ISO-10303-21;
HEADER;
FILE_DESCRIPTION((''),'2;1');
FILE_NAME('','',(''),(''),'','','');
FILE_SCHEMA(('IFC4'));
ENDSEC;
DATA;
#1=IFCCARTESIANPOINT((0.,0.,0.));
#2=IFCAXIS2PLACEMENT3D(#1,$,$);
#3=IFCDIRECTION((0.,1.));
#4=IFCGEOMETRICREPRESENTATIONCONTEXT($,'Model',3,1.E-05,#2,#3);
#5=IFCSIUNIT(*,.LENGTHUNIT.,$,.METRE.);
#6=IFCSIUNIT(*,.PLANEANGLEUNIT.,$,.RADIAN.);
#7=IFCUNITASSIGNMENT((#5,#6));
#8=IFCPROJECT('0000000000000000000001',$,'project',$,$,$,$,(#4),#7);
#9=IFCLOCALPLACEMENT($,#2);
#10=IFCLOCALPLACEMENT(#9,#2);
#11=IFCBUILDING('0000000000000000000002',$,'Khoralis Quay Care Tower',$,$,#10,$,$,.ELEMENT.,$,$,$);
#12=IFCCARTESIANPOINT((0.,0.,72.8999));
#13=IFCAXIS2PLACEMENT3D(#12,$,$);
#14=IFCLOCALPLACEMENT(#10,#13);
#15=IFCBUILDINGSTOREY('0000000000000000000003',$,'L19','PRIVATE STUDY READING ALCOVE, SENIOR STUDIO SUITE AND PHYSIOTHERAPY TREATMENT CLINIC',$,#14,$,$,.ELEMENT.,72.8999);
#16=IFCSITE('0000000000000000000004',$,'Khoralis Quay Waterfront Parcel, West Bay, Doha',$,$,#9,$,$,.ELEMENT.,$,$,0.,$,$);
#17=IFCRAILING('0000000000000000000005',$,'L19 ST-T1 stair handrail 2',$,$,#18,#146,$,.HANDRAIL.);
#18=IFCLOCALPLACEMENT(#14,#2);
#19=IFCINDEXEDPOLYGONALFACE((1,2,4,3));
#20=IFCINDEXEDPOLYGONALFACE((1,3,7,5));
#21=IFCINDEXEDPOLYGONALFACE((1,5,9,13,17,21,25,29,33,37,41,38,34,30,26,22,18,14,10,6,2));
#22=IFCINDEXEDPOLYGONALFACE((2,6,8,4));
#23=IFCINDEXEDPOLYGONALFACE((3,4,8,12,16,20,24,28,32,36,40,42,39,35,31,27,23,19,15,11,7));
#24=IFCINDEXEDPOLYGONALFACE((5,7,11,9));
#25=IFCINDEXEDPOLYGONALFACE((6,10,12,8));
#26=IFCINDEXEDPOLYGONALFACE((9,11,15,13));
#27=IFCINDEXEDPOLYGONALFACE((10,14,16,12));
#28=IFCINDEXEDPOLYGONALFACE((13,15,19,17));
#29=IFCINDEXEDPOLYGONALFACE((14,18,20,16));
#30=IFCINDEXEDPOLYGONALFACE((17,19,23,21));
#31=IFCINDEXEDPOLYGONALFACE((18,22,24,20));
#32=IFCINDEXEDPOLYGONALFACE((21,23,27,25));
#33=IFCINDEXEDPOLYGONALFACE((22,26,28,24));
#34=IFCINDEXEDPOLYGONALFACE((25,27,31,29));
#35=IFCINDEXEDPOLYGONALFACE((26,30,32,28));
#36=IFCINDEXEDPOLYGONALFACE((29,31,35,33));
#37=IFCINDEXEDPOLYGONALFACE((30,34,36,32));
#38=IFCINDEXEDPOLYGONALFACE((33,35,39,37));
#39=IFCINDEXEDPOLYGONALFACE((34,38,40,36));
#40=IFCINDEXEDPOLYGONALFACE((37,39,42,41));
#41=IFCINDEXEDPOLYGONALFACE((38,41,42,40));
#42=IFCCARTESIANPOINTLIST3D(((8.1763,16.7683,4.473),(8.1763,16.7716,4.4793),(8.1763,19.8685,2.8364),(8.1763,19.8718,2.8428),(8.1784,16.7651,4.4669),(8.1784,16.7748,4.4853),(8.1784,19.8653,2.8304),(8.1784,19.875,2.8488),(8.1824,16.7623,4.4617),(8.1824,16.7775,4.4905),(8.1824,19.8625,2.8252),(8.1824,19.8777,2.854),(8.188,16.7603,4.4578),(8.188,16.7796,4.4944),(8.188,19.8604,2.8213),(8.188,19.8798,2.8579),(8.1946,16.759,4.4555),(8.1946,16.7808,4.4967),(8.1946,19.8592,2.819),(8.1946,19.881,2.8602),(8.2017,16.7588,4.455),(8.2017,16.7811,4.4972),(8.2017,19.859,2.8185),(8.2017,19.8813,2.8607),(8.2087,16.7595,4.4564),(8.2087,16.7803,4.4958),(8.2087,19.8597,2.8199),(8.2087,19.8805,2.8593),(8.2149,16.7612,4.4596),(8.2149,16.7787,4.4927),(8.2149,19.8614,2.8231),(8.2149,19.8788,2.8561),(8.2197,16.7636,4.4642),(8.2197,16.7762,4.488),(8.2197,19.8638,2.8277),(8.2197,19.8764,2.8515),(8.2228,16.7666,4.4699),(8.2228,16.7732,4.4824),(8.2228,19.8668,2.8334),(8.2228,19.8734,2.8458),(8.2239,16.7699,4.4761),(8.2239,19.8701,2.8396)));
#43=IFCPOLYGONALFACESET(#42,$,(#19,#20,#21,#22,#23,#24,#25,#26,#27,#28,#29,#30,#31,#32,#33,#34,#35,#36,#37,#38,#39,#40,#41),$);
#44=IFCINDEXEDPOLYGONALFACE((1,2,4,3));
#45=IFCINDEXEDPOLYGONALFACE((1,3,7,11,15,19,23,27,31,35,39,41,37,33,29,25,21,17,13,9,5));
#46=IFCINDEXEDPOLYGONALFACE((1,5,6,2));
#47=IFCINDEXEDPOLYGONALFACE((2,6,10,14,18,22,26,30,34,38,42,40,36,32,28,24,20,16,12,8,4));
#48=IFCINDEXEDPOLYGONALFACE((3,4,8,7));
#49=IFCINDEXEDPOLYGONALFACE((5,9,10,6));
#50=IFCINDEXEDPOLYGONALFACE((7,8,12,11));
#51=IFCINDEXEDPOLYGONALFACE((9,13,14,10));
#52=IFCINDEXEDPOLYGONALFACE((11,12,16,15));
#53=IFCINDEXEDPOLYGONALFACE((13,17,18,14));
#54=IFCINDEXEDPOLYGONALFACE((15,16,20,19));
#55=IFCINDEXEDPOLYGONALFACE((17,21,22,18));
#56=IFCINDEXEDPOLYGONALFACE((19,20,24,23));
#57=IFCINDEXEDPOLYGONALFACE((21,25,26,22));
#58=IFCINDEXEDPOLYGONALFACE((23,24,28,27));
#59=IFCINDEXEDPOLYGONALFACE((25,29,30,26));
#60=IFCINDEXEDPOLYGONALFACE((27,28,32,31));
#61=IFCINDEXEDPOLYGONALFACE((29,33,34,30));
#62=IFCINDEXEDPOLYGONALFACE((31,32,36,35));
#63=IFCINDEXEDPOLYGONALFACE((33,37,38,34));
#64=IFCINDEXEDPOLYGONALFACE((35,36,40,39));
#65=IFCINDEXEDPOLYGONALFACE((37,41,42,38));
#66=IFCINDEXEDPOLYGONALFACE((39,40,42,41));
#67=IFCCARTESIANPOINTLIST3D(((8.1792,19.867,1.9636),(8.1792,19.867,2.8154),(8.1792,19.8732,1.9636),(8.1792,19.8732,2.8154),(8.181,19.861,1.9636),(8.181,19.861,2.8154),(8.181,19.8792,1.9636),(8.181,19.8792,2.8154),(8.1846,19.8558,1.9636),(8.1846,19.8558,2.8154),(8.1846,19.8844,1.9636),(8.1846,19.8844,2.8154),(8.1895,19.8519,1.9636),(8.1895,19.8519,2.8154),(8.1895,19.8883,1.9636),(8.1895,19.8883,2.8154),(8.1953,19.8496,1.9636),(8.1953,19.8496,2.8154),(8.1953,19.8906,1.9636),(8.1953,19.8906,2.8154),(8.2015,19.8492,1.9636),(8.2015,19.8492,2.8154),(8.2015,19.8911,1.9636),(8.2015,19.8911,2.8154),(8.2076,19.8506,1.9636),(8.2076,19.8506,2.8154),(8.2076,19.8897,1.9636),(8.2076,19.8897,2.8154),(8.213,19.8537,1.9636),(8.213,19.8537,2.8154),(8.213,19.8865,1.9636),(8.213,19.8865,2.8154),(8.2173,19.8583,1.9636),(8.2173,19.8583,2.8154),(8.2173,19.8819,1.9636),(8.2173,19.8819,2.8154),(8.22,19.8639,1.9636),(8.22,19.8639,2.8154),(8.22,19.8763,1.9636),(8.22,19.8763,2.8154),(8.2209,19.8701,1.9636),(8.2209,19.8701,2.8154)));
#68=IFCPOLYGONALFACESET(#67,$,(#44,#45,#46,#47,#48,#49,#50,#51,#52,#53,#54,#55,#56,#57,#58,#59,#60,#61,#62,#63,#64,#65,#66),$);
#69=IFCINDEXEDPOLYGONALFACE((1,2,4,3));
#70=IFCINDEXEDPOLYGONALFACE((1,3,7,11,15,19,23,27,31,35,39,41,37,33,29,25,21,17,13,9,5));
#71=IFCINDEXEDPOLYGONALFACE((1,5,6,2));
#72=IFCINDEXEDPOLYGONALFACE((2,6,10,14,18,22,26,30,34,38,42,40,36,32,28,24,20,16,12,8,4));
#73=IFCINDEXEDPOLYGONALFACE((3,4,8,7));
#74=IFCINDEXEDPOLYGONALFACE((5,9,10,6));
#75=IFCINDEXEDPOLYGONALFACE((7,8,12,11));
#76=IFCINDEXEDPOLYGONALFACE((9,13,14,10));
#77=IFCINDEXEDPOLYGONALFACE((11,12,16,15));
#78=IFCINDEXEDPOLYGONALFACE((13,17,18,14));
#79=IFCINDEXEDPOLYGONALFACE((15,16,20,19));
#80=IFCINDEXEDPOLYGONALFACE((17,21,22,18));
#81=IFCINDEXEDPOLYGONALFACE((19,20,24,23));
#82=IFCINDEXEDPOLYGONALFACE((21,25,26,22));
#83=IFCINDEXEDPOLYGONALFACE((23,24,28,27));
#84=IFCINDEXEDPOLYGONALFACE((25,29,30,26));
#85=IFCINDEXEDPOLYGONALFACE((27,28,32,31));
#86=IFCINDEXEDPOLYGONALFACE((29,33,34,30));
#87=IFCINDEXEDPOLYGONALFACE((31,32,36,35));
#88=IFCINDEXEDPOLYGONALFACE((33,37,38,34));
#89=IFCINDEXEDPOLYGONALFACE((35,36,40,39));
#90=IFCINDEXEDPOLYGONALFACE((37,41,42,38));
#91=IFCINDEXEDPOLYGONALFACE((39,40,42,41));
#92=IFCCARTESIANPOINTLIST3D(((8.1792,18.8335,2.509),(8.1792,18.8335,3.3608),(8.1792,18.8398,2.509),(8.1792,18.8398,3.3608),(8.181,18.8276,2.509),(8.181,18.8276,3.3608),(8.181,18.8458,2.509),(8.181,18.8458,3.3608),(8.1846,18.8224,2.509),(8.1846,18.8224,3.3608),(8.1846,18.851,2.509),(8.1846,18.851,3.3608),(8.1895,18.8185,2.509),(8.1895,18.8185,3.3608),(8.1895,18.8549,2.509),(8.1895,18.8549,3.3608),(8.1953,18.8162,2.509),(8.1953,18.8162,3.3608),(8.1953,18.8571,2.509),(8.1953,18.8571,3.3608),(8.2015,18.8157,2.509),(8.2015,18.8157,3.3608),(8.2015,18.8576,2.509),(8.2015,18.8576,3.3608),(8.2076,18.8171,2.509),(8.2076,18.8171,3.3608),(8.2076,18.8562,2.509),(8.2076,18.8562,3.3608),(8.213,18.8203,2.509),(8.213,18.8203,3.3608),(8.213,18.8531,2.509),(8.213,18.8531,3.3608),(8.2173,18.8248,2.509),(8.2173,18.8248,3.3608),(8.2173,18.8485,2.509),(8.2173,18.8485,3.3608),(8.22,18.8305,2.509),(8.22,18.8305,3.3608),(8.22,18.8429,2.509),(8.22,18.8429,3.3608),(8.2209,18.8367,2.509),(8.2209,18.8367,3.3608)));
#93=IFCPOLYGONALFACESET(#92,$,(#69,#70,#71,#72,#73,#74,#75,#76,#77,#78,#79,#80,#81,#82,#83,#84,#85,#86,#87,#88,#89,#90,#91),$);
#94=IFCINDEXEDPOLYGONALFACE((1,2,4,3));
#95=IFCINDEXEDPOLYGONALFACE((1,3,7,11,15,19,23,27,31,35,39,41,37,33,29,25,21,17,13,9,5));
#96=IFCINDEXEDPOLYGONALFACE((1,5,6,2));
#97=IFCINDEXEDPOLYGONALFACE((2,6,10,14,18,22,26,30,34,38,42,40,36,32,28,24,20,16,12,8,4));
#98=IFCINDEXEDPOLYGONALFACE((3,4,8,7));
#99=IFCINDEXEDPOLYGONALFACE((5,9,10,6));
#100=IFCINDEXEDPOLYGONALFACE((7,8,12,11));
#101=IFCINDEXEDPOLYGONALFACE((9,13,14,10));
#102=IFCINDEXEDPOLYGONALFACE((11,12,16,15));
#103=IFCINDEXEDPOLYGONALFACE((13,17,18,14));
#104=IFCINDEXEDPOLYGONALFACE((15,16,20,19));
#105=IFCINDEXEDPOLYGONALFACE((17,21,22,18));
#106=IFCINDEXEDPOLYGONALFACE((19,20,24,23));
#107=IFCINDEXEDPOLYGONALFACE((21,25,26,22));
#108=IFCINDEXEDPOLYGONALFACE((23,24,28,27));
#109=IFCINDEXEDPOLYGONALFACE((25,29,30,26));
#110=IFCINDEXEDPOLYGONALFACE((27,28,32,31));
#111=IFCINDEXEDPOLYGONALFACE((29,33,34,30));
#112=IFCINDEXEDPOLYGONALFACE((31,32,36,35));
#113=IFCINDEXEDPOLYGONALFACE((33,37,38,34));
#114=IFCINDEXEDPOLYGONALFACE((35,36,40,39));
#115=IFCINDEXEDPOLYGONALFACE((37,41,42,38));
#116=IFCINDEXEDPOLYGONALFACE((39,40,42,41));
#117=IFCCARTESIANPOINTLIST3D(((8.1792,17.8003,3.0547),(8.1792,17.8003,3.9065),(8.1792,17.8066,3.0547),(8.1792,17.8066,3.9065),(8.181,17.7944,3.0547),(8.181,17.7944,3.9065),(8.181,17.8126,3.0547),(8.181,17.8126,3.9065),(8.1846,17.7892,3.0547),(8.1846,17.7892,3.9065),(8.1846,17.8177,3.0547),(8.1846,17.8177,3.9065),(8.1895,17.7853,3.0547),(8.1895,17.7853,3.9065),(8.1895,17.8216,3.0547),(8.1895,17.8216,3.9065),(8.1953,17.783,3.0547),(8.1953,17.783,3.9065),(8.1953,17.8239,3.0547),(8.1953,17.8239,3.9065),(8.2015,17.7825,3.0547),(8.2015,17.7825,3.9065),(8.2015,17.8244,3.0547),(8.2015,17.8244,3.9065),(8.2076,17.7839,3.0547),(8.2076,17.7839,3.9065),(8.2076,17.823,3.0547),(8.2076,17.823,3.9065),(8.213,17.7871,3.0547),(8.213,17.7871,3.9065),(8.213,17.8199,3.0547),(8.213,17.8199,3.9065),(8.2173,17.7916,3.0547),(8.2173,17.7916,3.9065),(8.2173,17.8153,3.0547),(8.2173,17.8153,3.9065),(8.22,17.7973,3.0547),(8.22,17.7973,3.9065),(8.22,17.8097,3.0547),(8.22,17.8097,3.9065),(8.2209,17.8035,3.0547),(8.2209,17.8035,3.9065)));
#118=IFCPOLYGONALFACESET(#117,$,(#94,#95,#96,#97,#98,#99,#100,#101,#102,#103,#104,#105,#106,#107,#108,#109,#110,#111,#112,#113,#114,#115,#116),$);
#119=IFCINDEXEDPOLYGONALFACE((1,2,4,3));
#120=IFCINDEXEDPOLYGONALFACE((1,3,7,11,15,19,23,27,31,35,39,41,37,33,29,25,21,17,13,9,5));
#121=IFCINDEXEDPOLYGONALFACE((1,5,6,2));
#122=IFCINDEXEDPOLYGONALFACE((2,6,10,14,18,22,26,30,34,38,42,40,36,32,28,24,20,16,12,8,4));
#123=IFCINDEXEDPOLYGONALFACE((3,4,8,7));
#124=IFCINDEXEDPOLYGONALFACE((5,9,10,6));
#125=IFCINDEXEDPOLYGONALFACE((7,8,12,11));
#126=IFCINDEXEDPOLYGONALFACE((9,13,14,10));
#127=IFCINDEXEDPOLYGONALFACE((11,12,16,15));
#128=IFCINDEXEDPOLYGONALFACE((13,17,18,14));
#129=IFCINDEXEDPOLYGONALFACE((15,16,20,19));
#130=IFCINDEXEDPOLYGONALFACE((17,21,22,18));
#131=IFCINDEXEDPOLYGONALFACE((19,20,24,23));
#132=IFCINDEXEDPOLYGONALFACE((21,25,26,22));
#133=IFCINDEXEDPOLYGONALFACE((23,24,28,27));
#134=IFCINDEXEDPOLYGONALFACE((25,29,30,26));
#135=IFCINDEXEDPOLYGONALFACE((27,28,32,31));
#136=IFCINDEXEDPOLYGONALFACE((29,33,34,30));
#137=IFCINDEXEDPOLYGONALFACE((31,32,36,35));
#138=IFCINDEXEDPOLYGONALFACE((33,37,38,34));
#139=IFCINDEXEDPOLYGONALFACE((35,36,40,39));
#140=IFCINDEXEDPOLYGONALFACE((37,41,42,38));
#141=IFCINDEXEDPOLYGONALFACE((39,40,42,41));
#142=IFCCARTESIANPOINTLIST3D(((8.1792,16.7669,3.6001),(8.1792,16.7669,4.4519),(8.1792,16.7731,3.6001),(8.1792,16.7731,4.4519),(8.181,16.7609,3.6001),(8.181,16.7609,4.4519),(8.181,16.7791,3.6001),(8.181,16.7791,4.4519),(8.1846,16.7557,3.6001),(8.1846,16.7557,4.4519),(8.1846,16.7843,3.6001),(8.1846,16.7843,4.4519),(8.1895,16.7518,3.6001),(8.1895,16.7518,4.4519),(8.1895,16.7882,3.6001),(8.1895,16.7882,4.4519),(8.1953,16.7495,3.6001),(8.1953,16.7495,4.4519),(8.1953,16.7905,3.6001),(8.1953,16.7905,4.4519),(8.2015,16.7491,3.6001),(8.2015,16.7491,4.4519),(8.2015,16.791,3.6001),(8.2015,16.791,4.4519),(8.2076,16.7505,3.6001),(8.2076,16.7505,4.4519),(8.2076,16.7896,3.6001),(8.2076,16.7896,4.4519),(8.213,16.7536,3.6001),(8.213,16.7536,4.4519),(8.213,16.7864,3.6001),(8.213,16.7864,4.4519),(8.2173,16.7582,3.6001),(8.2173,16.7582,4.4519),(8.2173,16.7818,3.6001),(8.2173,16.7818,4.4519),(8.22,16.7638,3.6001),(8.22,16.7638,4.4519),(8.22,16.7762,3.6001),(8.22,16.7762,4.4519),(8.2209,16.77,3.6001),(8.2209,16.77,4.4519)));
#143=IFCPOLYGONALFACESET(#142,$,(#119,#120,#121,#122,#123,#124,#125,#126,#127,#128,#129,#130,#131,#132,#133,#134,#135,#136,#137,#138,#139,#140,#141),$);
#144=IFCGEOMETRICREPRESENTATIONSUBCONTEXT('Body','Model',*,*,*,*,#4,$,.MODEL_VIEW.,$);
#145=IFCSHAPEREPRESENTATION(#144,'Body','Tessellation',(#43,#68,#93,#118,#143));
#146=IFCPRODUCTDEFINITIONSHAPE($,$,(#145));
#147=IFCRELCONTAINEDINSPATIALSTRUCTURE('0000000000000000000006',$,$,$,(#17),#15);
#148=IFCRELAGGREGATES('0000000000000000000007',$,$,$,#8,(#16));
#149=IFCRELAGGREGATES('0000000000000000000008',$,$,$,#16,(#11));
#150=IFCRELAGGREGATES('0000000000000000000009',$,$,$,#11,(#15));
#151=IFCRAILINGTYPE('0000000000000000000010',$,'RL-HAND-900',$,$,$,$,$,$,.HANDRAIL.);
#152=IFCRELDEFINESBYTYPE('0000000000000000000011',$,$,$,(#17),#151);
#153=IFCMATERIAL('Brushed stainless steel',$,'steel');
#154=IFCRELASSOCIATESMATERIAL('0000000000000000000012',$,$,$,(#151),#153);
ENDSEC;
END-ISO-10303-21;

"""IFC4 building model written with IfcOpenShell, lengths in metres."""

from ifc_helpers import new_model, si_unit, direction, frame, origin, origin_2d, place, context, subcontext, project, spatial, circle, extrude, material, type_object, element, save


model = new_model("IFC4")

# Units and contexts
model_context = context("Model", 3, precision=1e-05, world=origin(), true_north=direction((0.0, 1.0)))
body_context = subcontext(model_context, "Body", "Model", "MODEL_VIEW")
ifc_project = project(units=[si_unit("LENGTHUNIT", "METRE"), si_unit("PLANEANGLEUNIT", "RADIAN")], contexts=[model_context])

# Site, building, storey
site_placement = place(None, origin())
site = spatial("IfcSite", under=ifc_project, at=site_placement, Name="Khoralis Quay Waterfront Parcel, West Bay, Doha", CompositionType="ELEMENT", RefElevation=0.0)
building_placement = place(site_placement, origin())
building = spatial("IfcBuilding", under=site, at=building_placement, Name="Khoralis Quay Care Tower", CompositionType="ELEMENT")
storey_placement = place(building_placement, frame((0.0, 0.0, 72.8999)))
storey = spatial("IfcBuildingStorey", under=building, at=storey_placement, Name="L19", Description="PRIVATE STUDY READING ALCOVE, SENIOR STUDIO SUITE AND PHYSIOTHERAPY TREATMENT CLINIC", CompositionType="ELEMENT", Elevation=72.8999)

# Shared definitions
ifc_material_1 = material(Name="Brushed stainless steel", Category="steel")

# Railing
railing_type_1 = type_object("IfcRailingType", Name="RL-HAND-900", PredefinedType="HANDRAIL", material=ifc_material_1)
railing_1_placement = place(storey_placement, frame((8.2, 19.8701, 1.9636)))
element("IfcRailing", 1, at=railing_1_placement, inside=storey, type_object=railing_type_1, Name="L19 ST-T1 stair handrail 2", PredefinedType="HANDRAIL", context=body_context, shape_type="SweptSolid", body=[
    extrude(circle(Radius=0.0239, at=origin_2d()), frame((0.0, 0.0, 0.876), z_axis=(0.0, -0.884348, 0.466828), x_axis=(1.0, 0.0, 0.0)), (0.0, 0.0, 1.0), 3.5056),
    extrude(circle(Radius=0.021, at=origin_2d()), origin(), (0.0, 0.0, 1.0), 0.8518),
    extrude(circle(Radius=0.021, at=origin_2d()), frame((0.0, -1.0334, 0.5454)), (0.0, 0.0, 1.0), 0.8518),
    extrude(circle(Radius=0.021, at=origin_2d()), frame((0.0, -2.0667, 1.0911)), (0.0, 0.0, 1.0), 0.8518),
    extrude(circle(Radius=0.021, at=origin_2d()), frame((0.0, -3.1001, 1.6365)), (0.0, 0.0, 1.0), 0.8518),
])

save(model, "model.ifc")
